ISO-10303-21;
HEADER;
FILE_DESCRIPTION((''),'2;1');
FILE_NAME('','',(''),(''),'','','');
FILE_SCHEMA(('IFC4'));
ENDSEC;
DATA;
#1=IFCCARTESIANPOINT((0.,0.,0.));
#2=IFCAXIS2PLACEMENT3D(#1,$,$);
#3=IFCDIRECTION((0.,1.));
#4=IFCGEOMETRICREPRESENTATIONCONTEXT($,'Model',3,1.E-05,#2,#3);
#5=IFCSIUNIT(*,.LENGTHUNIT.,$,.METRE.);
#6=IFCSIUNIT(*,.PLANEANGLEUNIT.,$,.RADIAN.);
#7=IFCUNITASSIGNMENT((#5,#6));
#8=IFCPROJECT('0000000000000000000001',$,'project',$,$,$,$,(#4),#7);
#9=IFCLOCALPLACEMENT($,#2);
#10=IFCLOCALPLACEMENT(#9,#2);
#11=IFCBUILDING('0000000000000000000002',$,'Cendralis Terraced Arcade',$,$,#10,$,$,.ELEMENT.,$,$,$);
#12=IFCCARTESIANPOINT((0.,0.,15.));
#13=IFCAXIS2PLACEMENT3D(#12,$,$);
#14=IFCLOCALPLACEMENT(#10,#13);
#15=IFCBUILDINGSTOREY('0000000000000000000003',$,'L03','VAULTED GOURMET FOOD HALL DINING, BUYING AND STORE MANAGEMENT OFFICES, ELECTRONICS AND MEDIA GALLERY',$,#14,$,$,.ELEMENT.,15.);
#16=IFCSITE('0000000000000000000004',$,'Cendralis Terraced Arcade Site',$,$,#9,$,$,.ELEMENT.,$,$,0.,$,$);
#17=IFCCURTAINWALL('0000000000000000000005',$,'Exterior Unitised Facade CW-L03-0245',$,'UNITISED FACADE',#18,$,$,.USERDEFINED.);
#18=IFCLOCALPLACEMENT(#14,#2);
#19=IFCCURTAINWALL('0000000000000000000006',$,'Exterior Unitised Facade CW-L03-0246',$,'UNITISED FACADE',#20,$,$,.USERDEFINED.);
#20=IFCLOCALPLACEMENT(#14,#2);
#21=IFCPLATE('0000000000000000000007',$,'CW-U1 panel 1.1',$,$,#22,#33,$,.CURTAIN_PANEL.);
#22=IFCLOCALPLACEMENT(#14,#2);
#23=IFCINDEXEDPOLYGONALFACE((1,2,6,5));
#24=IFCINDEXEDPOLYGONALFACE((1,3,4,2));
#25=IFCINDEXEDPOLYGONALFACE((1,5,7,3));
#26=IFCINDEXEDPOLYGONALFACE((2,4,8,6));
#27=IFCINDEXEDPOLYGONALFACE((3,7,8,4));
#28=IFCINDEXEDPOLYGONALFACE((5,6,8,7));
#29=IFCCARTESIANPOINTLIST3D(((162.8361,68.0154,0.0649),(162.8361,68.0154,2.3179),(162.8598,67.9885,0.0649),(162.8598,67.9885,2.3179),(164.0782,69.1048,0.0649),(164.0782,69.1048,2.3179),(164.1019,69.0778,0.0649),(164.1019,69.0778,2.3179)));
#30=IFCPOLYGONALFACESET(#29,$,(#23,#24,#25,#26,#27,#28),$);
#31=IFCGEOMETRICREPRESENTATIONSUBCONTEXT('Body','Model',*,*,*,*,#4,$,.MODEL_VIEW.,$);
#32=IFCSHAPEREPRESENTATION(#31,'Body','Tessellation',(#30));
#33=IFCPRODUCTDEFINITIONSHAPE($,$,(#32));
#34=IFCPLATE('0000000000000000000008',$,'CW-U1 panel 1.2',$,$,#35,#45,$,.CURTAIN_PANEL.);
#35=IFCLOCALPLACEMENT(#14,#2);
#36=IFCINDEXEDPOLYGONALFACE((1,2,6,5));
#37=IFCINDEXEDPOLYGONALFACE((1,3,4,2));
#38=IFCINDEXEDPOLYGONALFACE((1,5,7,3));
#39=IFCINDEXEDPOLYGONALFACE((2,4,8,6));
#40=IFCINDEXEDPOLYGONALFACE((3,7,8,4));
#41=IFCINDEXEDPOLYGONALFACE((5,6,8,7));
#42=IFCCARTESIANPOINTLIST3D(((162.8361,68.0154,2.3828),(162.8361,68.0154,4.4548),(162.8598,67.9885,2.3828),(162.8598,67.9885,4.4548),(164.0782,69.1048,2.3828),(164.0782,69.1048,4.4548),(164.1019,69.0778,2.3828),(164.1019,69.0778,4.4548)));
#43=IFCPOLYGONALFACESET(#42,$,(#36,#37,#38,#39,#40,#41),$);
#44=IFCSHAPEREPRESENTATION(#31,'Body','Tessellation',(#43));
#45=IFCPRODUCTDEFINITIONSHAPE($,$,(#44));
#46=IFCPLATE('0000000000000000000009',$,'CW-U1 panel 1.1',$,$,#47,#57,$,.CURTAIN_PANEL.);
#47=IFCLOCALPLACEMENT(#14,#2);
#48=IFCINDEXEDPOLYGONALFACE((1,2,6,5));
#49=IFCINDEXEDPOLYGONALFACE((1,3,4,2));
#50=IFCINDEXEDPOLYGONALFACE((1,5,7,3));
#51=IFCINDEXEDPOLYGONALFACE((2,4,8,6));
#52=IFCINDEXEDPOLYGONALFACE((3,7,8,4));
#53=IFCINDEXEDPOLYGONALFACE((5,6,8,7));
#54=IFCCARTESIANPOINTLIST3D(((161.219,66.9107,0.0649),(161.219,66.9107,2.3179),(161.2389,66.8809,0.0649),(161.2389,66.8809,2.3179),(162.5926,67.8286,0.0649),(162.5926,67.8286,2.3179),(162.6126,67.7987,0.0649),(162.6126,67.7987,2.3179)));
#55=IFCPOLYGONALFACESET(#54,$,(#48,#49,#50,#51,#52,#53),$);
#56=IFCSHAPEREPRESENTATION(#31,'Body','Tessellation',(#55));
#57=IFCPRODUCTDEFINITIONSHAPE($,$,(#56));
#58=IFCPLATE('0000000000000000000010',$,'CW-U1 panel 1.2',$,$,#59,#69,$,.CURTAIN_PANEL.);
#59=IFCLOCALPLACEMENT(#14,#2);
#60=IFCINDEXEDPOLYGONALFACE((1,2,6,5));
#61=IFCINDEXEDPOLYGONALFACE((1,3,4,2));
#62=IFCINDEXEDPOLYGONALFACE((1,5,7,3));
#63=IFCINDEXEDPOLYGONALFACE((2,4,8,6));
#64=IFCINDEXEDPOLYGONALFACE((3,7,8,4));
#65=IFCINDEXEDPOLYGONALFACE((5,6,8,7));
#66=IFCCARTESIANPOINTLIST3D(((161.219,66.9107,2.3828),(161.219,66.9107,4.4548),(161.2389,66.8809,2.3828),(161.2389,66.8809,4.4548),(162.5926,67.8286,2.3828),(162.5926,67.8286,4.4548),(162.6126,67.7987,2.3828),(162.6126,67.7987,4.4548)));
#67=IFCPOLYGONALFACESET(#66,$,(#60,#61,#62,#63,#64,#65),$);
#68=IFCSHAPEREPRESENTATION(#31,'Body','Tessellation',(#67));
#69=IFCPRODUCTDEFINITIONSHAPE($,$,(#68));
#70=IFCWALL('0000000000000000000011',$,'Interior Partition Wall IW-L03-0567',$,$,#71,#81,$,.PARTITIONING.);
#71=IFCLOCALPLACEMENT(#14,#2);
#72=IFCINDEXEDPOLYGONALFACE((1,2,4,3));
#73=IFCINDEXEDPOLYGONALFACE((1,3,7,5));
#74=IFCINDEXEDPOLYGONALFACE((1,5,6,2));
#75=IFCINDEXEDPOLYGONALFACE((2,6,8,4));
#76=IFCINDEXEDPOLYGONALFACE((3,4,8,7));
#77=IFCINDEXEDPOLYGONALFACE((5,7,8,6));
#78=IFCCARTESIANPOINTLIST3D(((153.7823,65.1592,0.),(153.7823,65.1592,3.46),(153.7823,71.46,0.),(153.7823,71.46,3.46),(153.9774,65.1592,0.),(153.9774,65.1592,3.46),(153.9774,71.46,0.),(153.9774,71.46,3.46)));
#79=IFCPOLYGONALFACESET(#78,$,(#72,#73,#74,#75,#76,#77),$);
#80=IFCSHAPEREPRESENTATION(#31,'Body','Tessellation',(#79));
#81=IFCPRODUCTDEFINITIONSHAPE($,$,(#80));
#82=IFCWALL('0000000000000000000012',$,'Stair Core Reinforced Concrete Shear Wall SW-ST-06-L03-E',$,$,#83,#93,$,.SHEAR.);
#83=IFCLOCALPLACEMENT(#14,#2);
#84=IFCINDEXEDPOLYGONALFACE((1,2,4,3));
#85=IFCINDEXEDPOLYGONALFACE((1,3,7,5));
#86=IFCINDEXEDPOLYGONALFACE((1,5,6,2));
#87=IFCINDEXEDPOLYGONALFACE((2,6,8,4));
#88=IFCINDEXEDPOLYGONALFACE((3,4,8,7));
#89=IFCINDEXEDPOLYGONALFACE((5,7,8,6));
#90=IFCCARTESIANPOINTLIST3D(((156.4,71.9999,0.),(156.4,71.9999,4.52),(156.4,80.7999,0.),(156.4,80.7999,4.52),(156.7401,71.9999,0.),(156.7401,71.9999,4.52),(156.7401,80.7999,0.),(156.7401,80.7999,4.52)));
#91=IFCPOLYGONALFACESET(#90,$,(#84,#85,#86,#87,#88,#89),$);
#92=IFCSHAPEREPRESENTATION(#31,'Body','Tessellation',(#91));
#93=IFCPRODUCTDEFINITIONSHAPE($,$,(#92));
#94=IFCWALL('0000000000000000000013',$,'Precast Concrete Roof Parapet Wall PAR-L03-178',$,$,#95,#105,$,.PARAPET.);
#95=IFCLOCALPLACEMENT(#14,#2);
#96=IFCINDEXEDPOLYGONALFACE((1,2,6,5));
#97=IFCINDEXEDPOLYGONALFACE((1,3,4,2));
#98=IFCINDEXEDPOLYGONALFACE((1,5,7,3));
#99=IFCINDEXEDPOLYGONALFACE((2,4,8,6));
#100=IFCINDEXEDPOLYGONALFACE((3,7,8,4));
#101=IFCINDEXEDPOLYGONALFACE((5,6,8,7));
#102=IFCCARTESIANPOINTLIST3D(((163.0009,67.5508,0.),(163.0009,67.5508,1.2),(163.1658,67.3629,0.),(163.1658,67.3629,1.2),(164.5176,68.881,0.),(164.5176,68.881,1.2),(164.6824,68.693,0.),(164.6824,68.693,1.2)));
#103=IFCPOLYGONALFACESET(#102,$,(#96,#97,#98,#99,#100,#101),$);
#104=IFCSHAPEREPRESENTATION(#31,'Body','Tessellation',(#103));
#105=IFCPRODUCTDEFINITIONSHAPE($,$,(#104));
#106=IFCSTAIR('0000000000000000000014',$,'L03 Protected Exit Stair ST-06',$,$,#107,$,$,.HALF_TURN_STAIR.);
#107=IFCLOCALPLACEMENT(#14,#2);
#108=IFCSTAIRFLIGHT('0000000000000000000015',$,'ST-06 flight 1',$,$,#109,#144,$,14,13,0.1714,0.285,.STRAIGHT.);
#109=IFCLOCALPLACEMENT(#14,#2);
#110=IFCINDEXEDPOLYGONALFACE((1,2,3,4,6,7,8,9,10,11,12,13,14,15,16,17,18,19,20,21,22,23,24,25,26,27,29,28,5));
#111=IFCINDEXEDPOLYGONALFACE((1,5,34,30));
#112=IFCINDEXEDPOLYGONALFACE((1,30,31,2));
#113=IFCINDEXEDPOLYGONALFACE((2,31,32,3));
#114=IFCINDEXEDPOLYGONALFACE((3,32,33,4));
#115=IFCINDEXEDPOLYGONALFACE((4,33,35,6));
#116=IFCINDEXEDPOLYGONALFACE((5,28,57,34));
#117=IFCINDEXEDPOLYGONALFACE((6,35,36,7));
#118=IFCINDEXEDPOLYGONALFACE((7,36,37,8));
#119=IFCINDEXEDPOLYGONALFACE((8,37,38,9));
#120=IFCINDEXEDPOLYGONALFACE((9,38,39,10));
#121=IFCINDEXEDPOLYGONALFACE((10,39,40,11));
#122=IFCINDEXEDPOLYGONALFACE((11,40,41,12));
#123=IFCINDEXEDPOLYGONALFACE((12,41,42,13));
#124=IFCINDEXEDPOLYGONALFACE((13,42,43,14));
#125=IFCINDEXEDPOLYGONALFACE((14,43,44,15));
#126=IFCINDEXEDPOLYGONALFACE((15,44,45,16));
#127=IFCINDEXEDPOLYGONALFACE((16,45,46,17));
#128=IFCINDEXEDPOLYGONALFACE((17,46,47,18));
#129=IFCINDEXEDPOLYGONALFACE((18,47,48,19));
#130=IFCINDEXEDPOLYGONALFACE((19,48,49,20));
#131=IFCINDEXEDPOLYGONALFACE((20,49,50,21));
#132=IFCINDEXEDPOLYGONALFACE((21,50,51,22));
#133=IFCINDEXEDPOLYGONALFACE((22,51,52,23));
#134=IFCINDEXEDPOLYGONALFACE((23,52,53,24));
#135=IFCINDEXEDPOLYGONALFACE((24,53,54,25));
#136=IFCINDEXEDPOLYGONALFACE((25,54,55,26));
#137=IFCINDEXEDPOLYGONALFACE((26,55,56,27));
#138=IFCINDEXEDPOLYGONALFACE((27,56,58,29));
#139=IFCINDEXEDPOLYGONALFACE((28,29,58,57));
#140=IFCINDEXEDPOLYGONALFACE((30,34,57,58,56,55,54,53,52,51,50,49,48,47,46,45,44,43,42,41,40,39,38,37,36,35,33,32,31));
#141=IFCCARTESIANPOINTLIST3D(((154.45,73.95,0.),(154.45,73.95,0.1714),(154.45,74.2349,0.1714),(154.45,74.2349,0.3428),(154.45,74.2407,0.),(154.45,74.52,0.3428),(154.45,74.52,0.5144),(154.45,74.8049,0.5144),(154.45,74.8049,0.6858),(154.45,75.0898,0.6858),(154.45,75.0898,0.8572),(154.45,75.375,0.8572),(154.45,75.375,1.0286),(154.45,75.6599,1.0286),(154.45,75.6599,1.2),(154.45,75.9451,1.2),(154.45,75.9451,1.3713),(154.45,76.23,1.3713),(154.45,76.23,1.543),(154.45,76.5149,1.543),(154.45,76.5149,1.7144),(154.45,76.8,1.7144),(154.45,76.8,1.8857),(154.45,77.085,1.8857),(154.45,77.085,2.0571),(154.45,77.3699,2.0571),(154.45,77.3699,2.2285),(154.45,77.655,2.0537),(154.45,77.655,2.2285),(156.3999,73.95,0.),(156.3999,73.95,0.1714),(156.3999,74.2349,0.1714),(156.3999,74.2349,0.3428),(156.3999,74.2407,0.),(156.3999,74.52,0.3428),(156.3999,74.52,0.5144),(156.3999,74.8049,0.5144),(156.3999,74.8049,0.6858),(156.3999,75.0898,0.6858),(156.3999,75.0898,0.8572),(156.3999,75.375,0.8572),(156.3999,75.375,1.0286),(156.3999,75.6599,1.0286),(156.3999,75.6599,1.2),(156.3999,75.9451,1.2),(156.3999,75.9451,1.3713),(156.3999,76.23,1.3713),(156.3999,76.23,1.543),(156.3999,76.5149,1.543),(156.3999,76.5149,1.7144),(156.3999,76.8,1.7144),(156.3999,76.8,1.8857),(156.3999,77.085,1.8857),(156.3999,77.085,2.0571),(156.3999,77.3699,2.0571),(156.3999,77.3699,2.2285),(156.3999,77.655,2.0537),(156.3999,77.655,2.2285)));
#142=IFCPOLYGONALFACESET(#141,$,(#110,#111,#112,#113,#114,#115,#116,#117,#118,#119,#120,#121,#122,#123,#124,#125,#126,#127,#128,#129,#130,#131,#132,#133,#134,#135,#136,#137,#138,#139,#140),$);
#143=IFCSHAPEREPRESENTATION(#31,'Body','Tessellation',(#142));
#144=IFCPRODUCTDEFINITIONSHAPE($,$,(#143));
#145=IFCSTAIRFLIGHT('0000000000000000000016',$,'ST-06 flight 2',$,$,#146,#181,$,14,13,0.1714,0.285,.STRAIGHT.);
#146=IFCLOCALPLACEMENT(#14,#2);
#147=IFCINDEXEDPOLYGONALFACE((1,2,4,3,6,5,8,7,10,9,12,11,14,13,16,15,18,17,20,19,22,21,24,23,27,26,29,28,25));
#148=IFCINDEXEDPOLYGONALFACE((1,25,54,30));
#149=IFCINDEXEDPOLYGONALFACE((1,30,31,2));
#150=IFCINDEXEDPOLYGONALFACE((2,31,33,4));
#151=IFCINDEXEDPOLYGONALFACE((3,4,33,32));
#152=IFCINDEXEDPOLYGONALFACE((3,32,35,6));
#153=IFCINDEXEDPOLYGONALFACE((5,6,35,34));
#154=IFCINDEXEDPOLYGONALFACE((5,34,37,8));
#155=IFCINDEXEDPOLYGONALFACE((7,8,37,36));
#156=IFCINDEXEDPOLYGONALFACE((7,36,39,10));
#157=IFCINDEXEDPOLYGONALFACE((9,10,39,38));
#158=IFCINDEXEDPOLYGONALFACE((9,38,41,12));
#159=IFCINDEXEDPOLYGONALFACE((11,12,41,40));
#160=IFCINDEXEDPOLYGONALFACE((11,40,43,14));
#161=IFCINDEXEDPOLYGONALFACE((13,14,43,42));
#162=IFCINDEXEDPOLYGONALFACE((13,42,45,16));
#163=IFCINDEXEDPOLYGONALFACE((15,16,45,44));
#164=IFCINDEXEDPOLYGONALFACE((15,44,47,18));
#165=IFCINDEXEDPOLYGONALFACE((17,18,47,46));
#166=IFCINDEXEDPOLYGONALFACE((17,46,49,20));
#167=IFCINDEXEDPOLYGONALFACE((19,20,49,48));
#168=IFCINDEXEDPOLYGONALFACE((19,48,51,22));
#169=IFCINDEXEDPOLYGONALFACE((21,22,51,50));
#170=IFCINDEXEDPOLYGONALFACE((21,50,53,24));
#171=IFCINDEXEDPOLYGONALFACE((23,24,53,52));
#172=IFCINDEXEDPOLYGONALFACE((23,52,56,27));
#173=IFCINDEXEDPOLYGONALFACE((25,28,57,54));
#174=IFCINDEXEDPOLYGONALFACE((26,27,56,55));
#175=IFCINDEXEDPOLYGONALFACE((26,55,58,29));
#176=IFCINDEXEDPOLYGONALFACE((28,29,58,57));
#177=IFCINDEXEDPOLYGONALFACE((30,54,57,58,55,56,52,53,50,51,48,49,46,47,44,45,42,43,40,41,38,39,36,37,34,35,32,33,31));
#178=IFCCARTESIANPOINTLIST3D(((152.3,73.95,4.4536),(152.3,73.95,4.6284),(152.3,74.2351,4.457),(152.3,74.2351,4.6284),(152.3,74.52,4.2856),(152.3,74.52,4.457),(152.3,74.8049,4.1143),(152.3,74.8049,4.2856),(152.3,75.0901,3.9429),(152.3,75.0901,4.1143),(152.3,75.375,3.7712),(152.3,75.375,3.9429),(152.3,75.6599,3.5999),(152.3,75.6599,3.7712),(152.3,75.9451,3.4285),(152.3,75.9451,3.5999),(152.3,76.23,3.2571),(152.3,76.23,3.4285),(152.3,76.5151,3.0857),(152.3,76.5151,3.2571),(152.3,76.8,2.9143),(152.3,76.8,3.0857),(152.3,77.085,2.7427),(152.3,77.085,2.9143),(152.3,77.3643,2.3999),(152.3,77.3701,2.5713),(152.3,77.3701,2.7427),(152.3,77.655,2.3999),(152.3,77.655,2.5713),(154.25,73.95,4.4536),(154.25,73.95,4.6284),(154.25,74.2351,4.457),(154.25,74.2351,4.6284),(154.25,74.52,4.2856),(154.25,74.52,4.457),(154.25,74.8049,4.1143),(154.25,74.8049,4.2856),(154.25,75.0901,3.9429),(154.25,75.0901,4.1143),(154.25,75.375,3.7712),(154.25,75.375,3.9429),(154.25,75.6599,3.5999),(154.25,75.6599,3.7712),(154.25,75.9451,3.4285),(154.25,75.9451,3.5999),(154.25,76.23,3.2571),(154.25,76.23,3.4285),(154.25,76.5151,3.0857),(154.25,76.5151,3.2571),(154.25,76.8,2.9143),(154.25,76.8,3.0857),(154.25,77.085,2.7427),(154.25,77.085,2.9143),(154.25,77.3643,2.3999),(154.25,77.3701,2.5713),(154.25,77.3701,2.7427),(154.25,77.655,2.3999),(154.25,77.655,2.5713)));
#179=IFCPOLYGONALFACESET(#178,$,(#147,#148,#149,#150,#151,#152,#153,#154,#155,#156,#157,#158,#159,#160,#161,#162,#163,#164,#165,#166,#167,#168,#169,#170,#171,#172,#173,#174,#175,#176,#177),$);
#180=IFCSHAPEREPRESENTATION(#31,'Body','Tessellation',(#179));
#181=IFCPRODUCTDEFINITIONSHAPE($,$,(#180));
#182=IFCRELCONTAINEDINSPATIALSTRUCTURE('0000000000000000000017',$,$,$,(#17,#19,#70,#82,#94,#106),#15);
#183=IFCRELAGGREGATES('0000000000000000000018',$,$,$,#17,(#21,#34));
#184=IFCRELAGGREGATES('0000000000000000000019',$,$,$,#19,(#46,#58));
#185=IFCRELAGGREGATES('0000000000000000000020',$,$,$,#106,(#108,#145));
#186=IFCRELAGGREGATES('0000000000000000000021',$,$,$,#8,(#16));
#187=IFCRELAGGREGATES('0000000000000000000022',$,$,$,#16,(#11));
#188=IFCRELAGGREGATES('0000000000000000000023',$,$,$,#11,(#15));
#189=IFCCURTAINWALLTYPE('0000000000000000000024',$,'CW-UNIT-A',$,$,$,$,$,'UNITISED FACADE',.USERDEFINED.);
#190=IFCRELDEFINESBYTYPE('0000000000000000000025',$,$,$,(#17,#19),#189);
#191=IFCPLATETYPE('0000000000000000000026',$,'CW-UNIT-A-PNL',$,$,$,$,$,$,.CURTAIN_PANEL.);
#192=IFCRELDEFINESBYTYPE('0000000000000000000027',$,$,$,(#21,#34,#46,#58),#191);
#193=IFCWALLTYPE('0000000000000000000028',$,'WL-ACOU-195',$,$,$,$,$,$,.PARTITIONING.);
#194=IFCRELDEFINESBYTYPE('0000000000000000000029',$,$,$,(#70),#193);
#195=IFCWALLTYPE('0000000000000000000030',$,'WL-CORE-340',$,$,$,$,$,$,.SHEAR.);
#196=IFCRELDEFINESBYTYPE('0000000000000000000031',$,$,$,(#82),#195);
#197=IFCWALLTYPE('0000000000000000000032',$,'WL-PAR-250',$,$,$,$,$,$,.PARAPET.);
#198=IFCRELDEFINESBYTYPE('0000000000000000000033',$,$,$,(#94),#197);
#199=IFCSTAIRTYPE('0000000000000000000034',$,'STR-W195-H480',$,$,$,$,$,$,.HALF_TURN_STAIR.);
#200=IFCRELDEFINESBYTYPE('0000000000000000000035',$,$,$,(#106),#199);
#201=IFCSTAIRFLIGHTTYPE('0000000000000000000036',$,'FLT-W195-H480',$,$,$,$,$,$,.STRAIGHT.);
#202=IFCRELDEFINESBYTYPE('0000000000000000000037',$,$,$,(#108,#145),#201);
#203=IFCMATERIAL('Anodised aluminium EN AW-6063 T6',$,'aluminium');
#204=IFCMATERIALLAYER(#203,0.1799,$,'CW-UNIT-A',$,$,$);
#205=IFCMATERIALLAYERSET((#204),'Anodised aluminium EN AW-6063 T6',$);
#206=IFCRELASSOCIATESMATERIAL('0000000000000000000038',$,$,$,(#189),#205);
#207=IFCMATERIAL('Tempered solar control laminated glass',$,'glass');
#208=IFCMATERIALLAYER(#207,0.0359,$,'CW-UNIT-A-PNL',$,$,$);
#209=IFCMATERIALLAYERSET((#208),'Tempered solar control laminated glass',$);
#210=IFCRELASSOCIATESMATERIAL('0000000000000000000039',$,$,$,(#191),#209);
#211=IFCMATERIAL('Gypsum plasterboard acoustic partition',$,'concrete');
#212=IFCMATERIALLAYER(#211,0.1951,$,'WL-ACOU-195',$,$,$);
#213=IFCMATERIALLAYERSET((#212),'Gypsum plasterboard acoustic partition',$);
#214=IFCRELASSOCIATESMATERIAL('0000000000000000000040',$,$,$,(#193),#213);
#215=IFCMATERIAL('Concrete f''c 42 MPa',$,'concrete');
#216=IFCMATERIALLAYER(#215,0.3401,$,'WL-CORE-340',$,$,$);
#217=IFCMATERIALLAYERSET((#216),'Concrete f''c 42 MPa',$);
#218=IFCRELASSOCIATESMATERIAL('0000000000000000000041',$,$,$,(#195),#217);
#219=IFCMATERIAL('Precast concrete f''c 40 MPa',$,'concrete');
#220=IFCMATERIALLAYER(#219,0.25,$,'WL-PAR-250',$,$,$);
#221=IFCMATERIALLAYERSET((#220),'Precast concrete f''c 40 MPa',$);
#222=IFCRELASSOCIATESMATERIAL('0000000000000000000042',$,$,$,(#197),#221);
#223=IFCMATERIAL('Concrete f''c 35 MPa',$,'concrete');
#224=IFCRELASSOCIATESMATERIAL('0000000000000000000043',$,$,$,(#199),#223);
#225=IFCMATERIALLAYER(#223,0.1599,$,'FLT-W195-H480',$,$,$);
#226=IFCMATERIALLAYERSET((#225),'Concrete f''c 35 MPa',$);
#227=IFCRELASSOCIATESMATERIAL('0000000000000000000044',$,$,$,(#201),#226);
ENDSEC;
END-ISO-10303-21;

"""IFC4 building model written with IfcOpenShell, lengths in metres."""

from ifc_helpers import new_model, si_unit, direction, frame, frame_2d, origin, origin_2d, place, context, subcontext, project, spatial, polyline, rectangle, outline, extrude, material, layer, layer_set, type_object, element, aggregate, save


model = new_model("IFC4")

# Units and contexts
model_context = context("Model", 3, precision=1e-05, world=origin(), true_north=direction((0.0, 1.0)))
body_context = subcontext(model_context, "Body", "Model", "MODEL_VIEW")
ifc_project = project(units=[si_unit("LENGTHUNIT", "METRE"), si_unit("PLANEANGLEUNIT", "RADIAN")], contexts=[model_context])

# Site, building, storey
site_placement = place(None, origin())
site = spatial("IfcSite", under=ifc_project, at=site_placement, Name="Cendralis Terraced Arcade Site", CompositionType="ELEMENT", RefElevation=0.0)
building_placement = place(site_placement, origin())
building = spatial("IfcBuilding", under=site, at=building_placement, Name="Cendralis Terraced Arcade", CompositionType="ELEMENT")
storey_placement = place(building_placement, frame((0.0, 0.0, 15.0)))
storey = spatial("IfcBuildingStorey", under=building, at=storey_placement, Name="L03", Description="VAULTED GOURMET FOOD HALL DINING, BUYING AND STORE MANAGEMENT OFFICES, ELECTRONICS AND MEDIA GALLERY", CompositionType="ELEMENT", Elevation=15.0)

# Shared definitions
ifc_material_1 = material(Name="Concrete f'c 42 MPa", Category="concrete")

# Shared definitions
ifc_material_2 = material(Name="Concrete f'c 35 MPa", Category="concrete")

# Curtain wall
ifc_material_3 = material(Name="Anodised aluminium EN AW-6063 T6", Category="aluminium")
ifc_layer_1 = layer(ifc_material_3, 0.1799, Name="CW-UNIT-A")
ifc_layer_set_1 = layer_set([ifc_layer_1], Name="Anodised aluminium EN AW-6063 T6")
curtain_wall_type = type_object("IfcCurtainWallType", Name="CW-UNIT-A", ElementType="UNITISED FACADE", PredefinedType="USERDEFINED", material=ifc_layer_set_1)
curtain_wall_1_placement = place(storey_placement, origin())
curtain_wall_1 = element("IfcCurtainWall", 1, at=curtain_wall_1_placement, inside=storey, type_object=curtain_wall_type, Name="Exterior Unitised Facade CW-L03-0245", ObjectType="UNITISED FACADE", PredefinedType="USERDEFINED")

# Curtain wall
curtain_wall_2_placement = place(storey_placement, origin())
curtain_wall_2 = element("IfcCurtainWall", 2, at=curtain_wall_2_placement, inside=storey, type_object=curtain_wall_type, Name="Exterior Unitised Facade CW-L03-0246", ObjectType="UNITISED FACADE", PredefinedType="USERDEFINED")

# Plates
ifc_material_4 = material(Name="Tempered solar control laminated glass", Category="glass")
ifc_layer_2 = layer(ifc_material_4, 0.0359, Name="CW-UNIT-A-PNL")
ifc_layer_set_2 = layer_set([ifc_layer_2], Name="Tempered solar control laminated glass")
plate_type = type_object("IfcPlateType", Name="CW-UNIT-A-PNL", PredefinedType="CURTAIN_PANEL", material=ifc_layer_set_2)
plate_1_placement = place(storey_placement, frame((163.469, 68.5466, 0.0649), z_axis=(0.0, 0.0, 1.0), x_axis=(-0.751804, -0.659386, 0.0)))
plate_1 = element("IfcPlate", 3, at=plate_1_placement, type_object=plate_type, Name="CW-U1 panel 1.1", PredefinedType="CURTAIN_PANEL", context=body_context, shape_type="SweptSolid", body=[
    extrude(rectangle(XDim=1.6521, YDim=0.0359, at=origin_2d()), origin(), (0.0, 0.0, 1.0), 2.2529),
])
plate_2_placement = place(storey_placement, frame((163.469, 68.5466, 2.3828), z_axis=(0.0, 0.0, 1.0), x_axis=(-0.751804, -0.659386, 0.0)))
plate_2 = element("IfcPlate", 4, at=plate_2_placement, type_object=plate_type, Name="CW-U1 panel 1.2", PredefinedType="CURTAIN_PANEL", context=body_context, shape_type="SweptSolid", body=[
    extrude(rectangle(XDim=1.6521, YDim=0.0359, at=origin_2d()), origin(), (0.0, 0.0, 1.0), 2.072),
])
aggregate(curtain_wall_1, [plate_1, plate_2])
plate_3_placement = place(storey_placement, frame((161.9158, 67.3547, 0.0649), z_axis=(0.0, 0.0, 1.0), x_axis=(-0.831471, -0.555567, 0.0)))
plate_3 = element("IfcPlate", 5, at=plate_3_placement, type_object=plate_type, Name="CW-U1 panel 1.1", PredefinedType="CURTAIN_PANEL", context=body_context, shape_type="SweptSolid", body=[
    extrude(rectangle(XDim=1.6521, YDim=0.0359, at=origin_2d()), origin(), (0.0, 0.0, 1.0), 2.2529),
])
plate_4_placement = place(storey_placement, frame((161.9158, 67.3547, 2.3828), z_axis=(0.0, 0.0, 1.0), x_axis=(-0.831471, -0.555567, 0.0)))
plate_4 = element("IfcPlate", 6, at=plate_4_placement, type_object=plate_type, Name="CW-U1 panel 1.2", PredefinedType="CURTAIN_PANEL", context=body_context, shape_type="SweptSolid", body=[
    extrude(rectangle(XDim=1.6521, YDim=0.0359, at=origin_2d()), origin(), (0.0, 0.0, 1.0), 2.072),
])
aggregate(curtain_wall_2, [plate_3, plate_4])

# Walls
ifc_material_5 = material(Name="Gypsum plasterboard acoustic partition", Category="concrete")
ifc_layer_3 = layer(ifc_material_5, 0.1951, Name="WL-ACOU-195")
ifc_layer_set_3 = layer_set([ifc_layer_3], Name="Gypsum plasterboard acoustic partition")
wall_type_1 = type_object("IfcWallType", Name="WL-ACOU-195", PredefinedType="PARTITIONING", material=ifc_layer_set_3)
wall_1_placement = place(storey_placement, frame((153.8799, 71.46, 0.0), z_axis=(0.0, 0.0, 1.0), x_axis=(0.0, -1.0, 0.0)))
element("IfcWall", 7, at=wall_1_placement, inside=storey, type_object=wall_type_1, Name="Interior Partition Wall IW-L03-0567", PredefinedType="PARTITIONING", context=body_context, shape_type="SweptSolid", body=[
    extrude(rectangle(XDim=6.3008, YDim=0.1951, at=frame_2d((3.1504, 0.0))), origin(), (0.0, 0.0, 1.0), 3.46),
])
ifc_layer_4 = layer(ifc_material_1, 0.3401, Name="WL-CORE-340")
ifc_layer_set_4 = layer_set([ifc_layer_4], Name="Concrete f'c 42 MPa")
wall_type_2 = type_object("IfcWallType", Name="WL-CORE-340", PredefinedType="SHEAR", material=ifc_layer_set_4)
wall_2_placement = place(storey_placement, frame((156.5701, 72.0, 0.0), z_axis=(0.0, 0.0, 1.0), x_axis=(0.0, 1.0, 0.0)))
element("IfcWall", 8, at=wall_2_placement, inside=storey, type_object=wall_type_2, Name="Stair Core Reinforced Concrete Shear Wall SW-ST-06-L03-E", PredefinedType="SHEAR", context=body_context, shape_type="SweptSolid", body=[
    extrude(rectangle(XDim=8.8, YDim=0.3401, at=frame_2d((4.3999, 0.0))), origin(), (0.0, 0.0, 1.0), 4.52),
])
ifc_material_6 = material(Name="Precast concrete f'c 40 MPa", Category="concrete")
ifc_layer_5 = layer(ifc_material_6, 0.25, Name="WL-PAR-250")
ifc_layer_set_5 = layer_set([ifc_layer_5], Name="Precast concrete f'c 40 MPa")
wall_type_3 = type_object("IfcWallType", Name="WL-PAR-250", PredefinedType="PARAPET", material=ifc_layer_set_5)
wall_3_placement = place(storey_placement, frame((163.0833, 67.4568, 0.0), z_axis=(0.0, 0.0, 1.0), x_axis=(0.751826, 0.659361, 0.0)))
element("IfcWall", 9, at=wall_3_placement, inside=storey, type_object=wall_type_3, Name="Precast Concrete Roof Parapet Wall PAR-L03-178", PredefinedType="PARAPET", context=body_context, shape_type="SweptSolid", body=[
    extrude(rectangle(XDim=2.0173, YDim=0.25, at=frame_2d((1.0088, 0.0))), origin(), (0.0, 0.0, 1.0), 1.2),
])

# Stair, stair flights
stair_type = type_object("IfcStairType", Name="STR-W195-H480", PredefinedType="HALF_TURN_STAIR", material=ifc_material_2)
stair_placement = place(storey_placement, origin())
stair = element("IfcStair", 10, at=stair_placement, inside=storey, type_object=stair_type, Name="L03 Protected Exit Stair ST-06", PredefinedType="HALF_TURN_STAIR")
ifc_layer_6 = layer(ifc_material_2, 0.1599, Name="FLT-W195-H480")
ifc_layer_set_6 = layer_set([ifc_layer_6], Name="Concrete f'c 35 MPa")
stair_flight_type = type_object("IfcStairFlightType", Name="FLT-W195-H480", PredefinedType="STRAIGHT", material=ifc_layer_set_6)
stair_flight_1_placement = place(storey_placement, frame((155.425, 73.95, 0.0), z_axis=(0.0, 0.0, 1.0), x_axis=(0.0, 1.0, 0.0)))
stair_flight_1 = element("IfcStairFlight", 11, at=stair_flight_1_placement, type_object=stair_flight_type, Name="ST-06 flight 1", NumberOfRisers=14, NumberOfTreads=13, PredefinedType="STRAIGHT", RiserHeight=0.1714, TreadLength=0.285, context=body_context, shape_type="SweptSolid", body=[
    extrude(outline(polyline([(0.0, 0.0), (0.0, 0.1714), (0.2849, 0.1714), (0.2849, 0.3428), (0.5701, 0.3428), (0.5701, 0.5144), (0.855, 0.5144), (0.855, 0.6858), (1.1399, 0.6858), (1.1399, 0.8572), (1.425, 0.8572), (1.425, 1.0286), (1.71, 1.0286), (1.71, 1.2), (1.9951, 1.2), (1.9951, 1.3713), (2.28, 1.3713), (2.28, 1.543), (2.5649, 1.543), (2.5649, 1.7144), (2.8501, 1.7144), (2.8501, 1.8857), (3.135, 1.8857), (3.135, 2.0571), (3.4199, 2.0571), (3.4199, 2.2285), (3.7051, 2.2285), (3.7051, 2.3999), (3.7051, 2.0537), (0.2908, 0.0), (0.0, 0.0)])), frame((0.0, 0.9751, 0.0), z_axis=(0.0, -1.0, 0.0), x_axis=(1.0, 0.0, 0.0)), (0.0, 0.0, 1.0), 1.95),
])
stair_flight_2_placement = place(storey_placement, frame((153.2749, 77.655, 2.3999), z_axis=(0.0, 0.0, 1.0), x_axis=(0.0, -1.0, 0.0)))
stair_flight_2 = element("IfcStairFlight", 12, at=stair_flight_2_placement, type_object=stair_flight_type, Name="ST-06 flight 2", NumberOfRisers=14, NumberOfTreads=13, PredefinedType="STRAIGHT", RiserHeight=0.1714, TreadLength=0.285, context=body_context, shape_type="SweptSolid", body=[
    extrude(outline(polyline([(0.0, 0.0), (0.0, 0.1714), (0.2849, 0.1714), (0.2849, 0.3428), (0.5701, 0.3428), (0.5701, 0.5144), (0.855, 0.5144), (0.855, 0.6858), (1.1399, 0.6858), (1.1399, 0.8572), (1.425, 0.8572), (1.425, 1.0286), (1.71, 1.0286), (1.71, 1.2), (1.9951, 1.2), (1.9951, 1.3713), (2.28, 1.3713), (2.28, 1.543), (2.5649, 1.543), (2.5649, 1.7144), (2.8501, 1.7144), (2.8501, 1.8857), (3.135, 1.8857), (3.135, 2.0571), (3.4199, 2.0571), (3.4199, 2.2285), (3.7051, 2.2285), (3.7051, 2.3999), (3.7051, 2.0537), (0.2908, 0.0), (0.0, 0.0)])), frame((0.0, 0.9751, 0.0), z_axis=(0.0, -1.0, 0.0), x_axis=(1.0, 0.0, 0.0)), (0.0, 0.0, 1.0), 1.95),
])
aggregate(stair, [stair_flight_1, stair_flight_2])

save(model, "model.ifc")
